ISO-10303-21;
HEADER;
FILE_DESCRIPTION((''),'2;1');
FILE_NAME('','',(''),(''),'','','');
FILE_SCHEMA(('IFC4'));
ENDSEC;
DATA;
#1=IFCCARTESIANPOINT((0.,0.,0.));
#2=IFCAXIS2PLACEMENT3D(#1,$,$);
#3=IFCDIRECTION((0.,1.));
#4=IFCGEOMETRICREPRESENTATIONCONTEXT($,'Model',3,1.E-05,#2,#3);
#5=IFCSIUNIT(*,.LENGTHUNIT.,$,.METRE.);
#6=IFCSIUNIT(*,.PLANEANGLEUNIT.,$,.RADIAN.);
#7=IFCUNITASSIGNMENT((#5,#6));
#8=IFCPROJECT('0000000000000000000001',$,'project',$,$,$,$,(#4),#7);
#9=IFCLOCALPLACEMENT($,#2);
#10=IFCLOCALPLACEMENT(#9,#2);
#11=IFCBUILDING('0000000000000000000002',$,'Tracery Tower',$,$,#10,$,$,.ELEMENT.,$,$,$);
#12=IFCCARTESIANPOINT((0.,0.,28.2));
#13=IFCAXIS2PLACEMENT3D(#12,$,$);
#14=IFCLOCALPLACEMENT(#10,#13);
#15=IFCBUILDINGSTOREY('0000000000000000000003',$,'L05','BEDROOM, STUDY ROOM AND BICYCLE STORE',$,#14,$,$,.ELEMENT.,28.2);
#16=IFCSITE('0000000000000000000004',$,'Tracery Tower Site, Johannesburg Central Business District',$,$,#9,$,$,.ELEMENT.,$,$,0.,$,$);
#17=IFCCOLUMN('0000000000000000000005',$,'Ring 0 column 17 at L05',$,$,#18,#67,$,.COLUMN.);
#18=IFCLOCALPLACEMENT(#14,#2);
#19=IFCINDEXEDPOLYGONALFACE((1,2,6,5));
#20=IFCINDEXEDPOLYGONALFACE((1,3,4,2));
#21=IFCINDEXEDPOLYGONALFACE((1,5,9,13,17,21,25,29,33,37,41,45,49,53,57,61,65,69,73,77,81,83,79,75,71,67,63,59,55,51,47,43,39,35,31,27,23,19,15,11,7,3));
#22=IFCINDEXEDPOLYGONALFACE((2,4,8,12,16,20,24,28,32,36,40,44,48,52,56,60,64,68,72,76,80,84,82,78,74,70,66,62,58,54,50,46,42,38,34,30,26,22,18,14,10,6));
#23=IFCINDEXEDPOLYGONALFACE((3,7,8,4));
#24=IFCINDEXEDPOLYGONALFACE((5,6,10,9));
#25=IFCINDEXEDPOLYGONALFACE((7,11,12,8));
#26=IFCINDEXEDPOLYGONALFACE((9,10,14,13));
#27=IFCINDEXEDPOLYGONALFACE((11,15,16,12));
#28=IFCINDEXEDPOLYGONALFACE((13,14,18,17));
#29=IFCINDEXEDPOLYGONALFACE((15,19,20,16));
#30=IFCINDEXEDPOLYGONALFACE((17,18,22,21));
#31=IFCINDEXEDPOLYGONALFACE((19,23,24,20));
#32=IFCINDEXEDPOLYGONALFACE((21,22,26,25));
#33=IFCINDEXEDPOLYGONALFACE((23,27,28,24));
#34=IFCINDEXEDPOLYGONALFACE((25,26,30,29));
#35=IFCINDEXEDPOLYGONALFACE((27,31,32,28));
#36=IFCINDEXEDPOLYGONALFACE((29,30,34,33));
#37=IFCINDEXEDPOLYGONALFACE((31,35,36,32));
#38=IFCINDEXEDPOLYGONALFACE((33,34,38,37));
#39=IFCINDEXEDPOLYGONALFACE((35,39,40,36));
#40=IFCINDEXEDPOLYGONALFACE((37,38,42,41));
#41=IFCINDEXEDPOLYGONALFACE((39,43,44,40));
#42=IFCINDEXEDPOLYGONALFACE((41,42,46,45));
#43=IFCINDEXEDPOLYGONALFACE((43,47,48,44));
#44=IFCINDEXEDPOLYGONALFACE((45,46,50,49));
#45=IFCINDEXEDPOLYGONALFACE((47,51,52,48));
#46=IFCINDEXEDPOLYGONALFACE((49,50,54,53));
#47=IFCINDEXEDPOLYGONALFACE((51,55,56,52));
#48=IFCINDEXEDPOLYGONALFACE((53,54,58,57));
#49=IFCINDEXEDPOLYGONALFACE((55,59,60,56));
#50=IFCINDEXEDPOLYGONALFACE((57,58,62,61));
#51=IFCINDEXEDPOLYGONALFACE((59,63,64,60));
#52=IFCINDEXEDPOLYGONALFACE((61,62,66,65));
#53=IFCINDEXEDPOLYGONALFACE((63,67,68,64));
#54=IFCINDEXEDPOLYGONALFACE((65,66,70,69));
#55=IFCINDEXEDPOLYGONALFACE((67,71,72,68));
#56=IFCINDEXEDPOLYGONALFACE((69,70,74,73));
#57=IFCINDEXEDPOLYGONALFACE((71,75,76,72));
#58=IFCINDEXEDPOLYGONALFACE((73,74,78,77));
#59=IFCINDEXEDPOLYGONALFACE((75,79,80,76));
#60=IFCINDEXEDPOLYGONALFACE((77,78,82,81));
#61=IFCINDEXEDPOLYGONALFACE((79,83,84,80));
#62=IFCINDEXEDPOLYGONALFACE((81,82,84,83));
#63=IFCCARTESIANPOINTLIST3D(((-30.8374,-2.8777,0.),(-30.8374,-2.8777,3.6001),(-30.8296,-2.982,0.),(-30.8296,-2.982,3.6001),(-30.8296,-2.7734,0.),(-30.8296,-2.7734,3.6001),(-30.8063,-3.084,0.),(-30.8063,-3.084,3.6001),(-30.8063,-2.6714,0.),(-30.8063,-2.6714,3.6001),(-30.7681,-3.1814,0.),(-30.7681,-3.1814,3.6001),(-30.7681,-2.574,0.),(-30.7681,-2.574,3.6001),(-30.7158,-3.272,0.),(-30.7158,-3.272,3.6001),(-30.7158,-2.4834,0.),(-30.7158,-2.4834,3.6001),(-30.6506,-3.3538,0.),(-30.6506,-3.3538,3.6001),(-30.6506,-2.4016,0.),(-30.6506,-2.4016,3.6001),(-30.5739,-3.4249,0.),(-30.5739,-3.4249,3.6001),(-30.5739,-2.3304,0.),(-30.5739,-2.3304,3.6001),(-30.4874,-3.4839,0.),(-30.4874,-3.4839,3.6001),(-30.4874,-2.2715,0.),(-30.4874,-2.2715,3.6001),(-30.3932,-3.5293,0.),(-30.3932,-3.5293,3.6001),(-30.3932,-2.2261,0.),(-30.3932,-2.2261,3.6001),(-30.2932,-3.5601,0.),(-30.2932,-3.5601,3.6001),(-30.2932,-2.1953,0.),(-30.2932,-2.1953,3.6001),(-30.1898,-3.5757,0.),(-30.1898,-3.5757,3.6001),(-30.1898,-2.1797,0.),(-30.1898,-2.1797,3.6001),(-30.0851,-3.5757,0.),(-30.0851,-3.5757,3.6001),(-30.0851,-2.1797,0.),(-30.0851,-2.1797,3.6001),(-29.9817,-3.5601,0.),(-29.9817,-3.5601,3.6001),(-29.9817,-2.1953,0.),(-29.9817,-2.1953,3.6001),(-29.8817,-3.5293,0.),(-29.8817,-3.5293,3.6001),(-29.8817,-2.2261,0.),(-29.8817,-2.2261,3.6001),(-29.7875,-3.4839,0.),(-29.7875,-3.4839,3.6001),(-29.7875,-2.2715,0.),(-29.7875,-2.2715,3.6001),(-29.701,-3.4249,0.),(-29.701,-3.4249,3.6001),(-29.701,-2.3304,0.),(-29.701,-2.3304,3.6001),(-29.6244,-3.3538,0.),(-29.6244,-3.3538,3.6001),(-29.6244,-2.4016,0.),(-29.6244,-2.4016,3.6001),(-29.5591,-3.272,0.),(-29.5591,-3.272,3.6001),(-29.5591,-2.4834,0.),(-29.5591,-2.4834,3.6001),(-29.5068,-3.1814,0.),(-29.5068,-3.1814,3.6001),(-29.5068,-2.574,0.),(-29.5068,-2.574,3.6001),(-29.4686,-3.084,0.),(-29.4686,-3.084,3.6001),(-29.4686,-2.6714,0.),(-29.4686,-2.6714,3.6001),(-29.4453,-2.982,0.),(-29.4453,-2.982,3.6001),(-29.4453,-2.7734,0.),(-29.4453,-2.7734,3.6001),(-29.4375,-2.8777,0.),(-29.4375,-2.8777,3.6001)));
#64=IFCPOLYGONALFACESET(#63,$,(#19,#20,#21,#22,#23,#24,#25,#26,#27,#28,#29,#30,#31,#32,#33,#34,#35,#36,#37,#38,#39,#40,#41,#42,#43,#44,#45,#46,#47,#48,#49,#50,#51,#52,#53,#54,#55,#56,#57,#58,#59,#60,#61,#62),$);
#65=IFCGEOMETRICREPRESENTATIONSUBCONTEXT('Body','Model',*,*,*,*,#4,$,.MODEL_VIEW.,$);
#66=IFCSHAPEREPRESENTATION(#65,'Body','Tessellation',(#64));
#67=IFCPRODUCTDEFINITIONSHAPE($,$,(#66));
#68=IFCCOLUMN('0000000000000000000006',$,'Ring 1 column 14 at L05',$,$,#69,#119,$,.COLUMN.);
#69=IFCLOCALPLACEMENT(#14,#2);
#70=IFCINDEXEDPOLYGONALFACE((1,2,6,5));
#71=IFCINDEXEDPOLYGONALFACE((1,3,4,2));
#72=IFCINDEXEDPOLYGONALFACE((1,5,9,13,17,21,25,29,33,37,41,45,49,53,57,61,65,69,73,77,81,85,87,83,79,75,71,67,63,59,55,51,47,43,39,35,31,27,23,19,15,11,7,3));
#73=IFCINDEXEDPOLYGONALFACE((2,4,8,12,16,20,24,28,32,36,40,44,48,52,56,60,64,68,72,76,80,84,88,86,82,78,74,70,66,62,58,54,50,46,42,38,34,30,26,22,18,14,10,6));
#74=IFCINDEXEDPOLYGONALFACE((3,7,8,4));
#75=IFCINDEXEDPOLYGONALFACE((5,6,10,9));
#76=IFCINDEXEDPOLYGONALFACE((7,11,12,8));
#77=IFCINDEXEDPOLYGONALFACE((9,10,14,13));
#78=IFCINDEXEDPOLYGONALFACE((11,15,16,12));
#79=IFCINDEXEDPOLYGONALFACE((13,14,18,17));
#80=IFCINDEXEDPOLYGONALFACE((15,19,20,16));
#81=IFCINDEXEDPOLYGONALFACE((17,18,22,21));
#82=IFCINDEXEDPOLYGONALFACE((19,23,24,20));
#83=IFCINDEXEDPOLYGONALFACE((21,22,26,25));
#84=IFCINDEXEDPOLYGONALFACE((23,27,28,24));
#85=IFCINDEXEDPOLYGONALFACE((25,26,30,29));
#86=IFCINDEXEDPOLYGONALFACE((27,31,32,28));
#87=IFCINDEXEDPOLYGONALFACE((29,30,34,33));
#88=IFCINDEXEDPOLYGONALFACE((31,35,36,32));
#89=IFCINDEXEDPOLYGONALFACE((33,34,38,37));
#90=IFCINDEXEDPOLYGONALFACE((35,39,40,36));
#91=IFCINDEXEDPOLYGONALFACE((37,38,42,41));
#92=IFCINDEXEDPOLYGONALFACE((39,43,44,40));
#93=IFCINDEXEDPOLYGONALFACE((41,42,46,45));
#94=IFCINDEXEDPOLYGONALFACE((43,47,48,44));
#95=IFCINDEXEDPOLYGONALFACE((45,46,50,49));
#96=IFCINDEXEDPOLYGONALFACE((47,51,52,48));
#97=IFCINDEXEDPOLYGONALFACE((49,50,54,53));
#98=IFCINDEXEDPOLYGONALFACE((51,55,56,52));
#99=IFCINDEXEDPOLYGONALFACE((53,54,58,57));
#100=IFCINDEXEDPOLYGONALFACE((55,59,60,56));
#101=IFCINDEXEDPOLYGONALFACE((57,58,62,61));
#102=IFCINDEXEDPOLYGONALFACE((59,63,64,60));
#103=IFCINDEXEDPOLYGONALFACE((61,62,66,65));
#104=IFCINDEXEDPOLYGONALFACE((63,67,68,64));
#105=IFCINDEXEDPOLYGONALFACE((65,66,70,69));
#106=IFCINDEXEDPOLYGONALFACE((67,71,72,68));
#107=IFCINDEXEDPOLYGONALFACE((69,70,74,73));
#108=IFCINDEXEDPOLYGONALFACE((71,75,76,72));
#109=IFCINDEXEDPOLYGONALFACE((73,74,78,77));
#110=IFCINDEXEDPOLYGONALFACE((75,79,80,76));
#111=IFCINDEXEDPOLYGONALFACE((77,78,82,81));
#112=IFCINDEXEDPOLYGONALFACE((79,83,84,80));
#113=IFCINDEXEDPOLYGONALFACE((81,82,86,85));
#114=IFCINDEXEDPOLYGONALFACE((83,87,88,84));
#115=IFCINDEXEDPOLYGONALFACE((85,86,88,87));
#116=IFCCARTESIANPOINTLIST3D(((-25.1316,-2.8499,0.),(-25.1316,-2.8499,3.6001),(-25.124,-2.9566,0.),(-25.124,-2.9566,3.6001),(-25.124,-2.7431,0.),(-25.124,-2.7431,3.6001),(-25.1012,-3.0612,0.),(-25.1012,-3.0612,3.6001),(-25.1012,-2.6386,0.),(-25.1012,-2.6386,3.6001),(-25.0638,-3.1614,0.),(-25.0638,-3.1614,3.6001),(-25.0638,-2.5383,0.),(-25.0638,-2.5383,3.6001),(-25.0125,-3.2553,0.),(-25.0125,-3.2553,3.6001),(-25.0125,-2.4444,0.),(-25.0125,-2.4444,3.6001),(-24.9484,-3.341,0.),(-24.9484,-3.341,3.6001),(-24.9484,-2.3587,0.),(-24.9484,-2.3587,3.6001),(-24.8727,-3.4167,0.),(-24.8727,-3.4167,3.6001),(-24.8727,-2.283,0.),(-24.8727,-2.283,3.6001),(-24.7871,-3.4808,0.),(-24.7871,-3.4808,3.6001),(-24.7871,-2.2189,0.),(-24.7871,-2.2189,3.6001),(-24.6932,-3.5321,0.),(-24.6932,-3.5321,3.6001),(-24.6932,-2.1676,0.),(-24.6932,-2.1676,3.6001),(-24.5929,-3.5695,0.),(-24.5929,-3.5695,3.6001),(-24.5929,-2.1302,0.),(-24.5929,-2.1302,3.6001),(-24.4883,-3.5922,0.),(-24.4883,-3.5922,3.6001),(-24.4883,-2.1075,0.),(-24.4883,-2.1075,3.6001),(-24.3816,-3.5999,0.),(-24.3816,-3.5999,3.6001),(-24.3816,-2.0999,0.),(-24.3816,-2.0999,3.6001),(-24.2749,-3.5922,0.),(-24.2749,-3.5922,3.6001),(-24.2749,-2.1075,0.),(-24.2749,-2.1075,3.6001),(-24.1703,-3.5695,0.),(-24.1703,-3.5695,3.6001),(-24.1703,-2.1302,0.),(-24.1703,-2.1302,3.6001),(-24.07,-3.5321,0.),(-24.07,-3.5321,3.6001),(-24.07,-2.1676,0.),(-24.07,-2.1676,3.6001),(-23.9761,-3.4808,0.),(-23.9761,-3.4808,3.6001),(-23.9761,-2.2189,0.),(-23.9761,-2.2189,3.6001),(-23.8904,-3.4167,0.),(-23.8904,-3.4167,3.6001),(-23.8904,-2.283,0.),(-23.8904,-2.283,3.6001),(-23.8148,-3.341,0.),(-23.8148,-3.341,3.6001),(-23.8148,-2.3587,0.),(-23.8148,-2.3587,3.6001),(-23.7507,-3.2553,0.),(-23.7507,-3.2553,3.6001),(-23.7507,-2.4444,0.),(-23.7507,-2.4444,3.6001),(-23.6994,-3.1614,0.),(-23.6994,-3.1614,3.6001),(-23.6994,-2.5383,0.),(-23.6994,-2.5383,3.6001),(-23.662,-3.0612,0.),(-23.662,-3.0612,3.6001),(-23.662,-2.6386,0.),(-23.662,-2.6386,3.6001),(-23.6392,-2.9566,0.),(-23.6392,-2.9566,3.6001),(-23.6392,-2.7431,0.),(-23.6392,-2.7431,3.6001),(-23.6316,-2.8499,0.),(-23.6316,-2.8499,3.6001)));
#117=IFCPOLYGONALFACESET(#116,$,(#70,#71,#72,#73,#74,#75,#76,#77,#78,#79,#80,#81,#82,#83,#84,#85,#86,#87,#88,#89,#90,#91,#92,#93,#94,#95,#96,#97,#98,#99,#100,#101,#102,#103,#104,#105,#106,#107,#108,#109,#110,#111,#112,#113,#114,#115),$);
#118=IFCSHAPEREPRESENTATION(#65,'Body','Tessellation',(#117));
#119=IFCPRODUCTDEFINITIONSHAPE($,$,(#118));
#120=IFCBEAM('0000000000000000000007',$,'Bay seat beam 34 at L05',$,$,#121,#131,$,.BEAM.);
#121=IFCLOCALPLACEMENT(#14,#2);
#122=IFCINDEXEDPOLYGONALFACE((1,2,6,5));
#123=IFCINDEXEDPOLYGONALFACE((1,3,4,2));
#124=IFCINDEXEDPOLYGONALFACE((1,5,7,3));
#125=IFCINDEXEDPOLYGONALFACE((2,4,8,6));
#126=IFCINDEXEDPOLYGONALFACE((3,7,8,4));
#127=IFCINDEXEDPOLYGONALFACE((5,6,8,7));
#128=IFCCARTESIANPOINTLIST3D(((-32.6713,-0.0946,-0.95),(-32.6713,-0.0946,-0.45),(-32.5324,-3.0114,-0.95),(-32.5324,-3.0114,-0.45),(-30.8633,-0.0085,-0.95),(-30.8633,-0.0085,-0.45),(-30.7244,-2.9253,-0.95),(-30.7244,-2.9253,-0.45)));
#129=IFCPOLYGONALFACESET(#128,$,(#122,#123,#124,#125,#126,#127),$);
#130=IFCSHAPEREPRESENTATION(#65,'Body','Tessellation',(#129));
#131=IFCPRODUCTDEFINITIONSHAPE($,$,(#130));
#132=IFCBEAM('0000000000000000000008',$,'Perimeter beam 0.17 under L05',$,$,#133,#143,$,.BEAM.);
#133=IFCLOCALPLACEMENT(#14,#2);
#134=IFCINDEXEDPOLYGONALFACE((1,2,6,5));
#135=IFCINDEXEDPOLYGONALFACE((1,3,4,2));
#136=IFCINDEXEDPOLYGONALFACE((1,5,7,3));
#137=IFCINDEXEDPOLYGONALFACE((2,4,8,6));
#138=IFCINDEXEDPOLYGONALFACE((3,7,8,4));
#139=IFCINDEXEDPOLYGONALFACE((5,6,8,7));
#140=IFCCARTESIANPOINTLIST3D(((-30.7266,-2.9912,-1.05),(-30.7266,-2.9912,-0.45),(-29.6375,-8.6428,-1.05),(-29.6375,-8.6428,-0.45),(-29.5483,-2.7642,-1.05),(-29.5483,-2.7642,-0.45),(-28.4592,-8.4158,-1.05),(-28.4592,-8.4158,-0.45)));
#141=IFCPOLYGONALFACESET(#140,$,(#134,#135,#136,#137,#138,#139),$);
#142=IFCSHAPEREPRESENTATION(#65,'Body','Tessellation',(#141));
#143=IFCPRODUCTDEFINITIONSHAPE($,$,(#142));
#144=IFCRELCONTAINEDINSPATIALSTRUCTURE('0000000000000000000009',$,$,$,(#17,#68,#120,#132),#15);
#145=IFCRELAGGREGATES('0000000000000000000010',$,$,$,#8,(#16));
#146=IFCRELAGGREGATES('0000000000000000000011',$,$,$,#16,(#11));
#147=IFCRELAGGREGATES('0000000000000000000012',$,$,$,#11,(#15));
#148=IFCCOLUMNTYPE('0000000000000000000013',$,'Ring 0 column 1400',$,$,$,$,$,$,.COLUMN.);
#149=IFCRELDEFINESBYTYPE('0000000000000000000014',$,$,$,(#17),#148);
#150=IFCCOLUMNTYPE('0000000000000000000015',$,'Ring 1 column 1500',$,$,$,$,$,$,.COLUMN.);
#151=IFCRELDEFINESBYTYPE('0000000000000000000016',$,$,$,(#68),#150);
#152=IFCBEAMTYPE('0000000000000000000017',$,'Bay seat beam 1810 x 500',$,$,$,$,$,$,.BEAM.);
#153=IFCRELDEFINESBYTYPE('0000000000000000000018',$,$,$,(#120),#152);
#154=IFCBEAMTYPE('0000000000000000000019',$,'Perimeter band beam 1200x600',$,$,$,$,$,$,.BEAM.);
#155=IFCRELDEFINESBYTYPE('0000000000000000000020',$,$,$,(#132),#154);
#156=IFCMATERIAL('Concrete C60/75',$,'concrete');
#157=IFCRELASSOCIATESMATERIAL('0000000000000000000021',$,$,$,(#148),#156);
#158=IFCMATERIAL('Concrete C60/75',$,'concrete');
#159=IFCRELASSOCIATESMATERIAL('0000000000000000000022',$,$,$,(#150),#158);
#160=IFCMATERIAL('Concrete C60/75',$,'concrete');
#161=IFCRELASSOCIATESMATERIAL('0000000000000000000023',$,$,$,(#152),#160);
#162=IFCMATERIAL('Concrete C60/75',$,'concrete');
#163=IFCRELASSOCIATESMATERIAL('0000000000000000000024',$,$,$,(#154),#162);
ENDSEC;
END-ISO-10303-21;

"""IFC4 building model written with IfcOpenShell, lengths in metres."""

from ifc_helpers import new_model, si_unit, direction, frame, origin, origin_2d, place, context, subcontext, project, spatial, rectangle, circle, extrude, material, material_profile, profile_set, type_object, element, save


model = new_model("IFC4")

# Units and contexts
model_context = context("Model", 3, precision=1e-05, world=origin(), true_north=direction((0.0, 1.0)))
body_context = subcontext(model_context, "Body", "Model", "MODEL_VIEW")
ifc_project = project(units=[si_unit("LENGTHUNIT", "METRE"), si_unit("PLANEANGLEUNIT", "RADIAN")], contexts=[model_context])

# Site, building, storey
site_placement = place(None, origin())
site = spatial("IfcSite", under=ifc_project, at=site_placement, Name="Tracery Tower Site, Johannesburg Central Business District", CompositionType="ELEMENT", RefElevation=0.0)
building_placement = place(site_placement, origin())
building = spatial("IfcBuilding", under=site, at=building_placement, Name="Tracery Tower", CompositionType="ELEMENT")
storey_placement = place(building_placement, frame((0.0, 0.0, 28.2)))
storey = spatial("IfcBuildingStorey", under=building, at=storey_placement, Name="L05", Description="BEDROOM, STUDY ROOM AND BICYCLE STORE", CompositionType="ELEMENT", Elevation=28.2)

# Columns
ifc_material_1 = material(Name="Concrete C60/75", Category="concrete")
ifc_material_profile_1 = material_profile(ifc_material_1, circle(Radius=0.7, at=origin_2d()), Name="RC D1400")
ifc_profile_set_1 = profile_set([ifc_material_profile_1], Name="Concrete C60/75")
column_type_1 = type_object("IfcColumnType", Name="Ring 0 column 1400", PredefinedType="COLUMN", material=ifc_profile_set_1)
column_1_placement = place(storey_placement, frame((-30.1375, -2.8777, 0.0), z_axis=(0.0, 0.0, 1.0), x_axis=(1.0, 0.0, 0.0)))
element("IfcColumn", 1, at=column_1_placement, inside=storey, type_object=column_type_1, Name="Ring 0 column 17 at L05", PredefinedType="COLUMN", context=body_context, shape_type="SweptSolid", body=[
    extrude(circle(Radius=0.7, at=origin_2d()), origin(), (0.0, 0.0, 1.0), 3.6001),
])
ifc_material_2 = material(Name="Concrete C60/75", Category="concrete")
ifc_material_profile_2 = material_profile(ifc_material_2, circle(Radius=0.75, at=origin_2d()), Name="RC D1500")
ifc_profile_set_2 = profile_set([ifc_material_profile_2], Name="Concrete C60/75")
column_type_2 = type_object("IfcColumnType", Name="Ring 1 column 1500", PredefinedType="COLUMN", material=ifc_profile_set_2)
column_2_placement = place(storey_placement, frame((-24.3816, -2.8499, 0.0), z_axis=(0.0, 0.0, 1.0), x_axis=(1.0, 0.0, 0.0)))
element("IfcColumn", 2, at=column_2_placement, inside=storey, type_object=column_type_2, Name="Ring 1 column 14 at L05", PredefinedType="COLUMN", context=body_context, shape_type="SweptSolid", body=[
    extrude(circle(Radius=0.75, at=origin_2d()), origin(), (0.0, 0.0, 1.0), 3.6001),
])

# Beams
ifc_material_3 = material(Name="Concrete C60/75", Category="concrete")
ifc_material_profile_3 = material_profile(ifc_material_3, rectangle(XDim=1.8101, YDim=0.5, at=origin_2d()), Name="RC 1810x500")
ifc_profile_set_3 = profile_set([ifc_material_profile_3], Name="Concrete C60/75")
beam_type_1 = type_object("IfcBeamType", Name="Bay seat beam 1810 x 500", PredefinedType="BEAM", material=ifc_profile_set_3)
beam_1_placement = place(storey_placement, frame((-31.7673, -0.0515, -0.7), z_axis=(0.047573, -0.998868, 0.0), x_axis=(0.998868, 0.047573, 0.0)))
element("IfcBeam", 3, at=beam_1_placement, inside=storey, type_object=beam_type_1, Name="Bay seat beam 34 at L05", PredefinedType="BEAM", context=body_context, shape_type="SweptSolid", body=[
    extrude(rectangle(XDim=1.8101, YDim=0.5, at=origin_2d()), origin(), (0.0, 0.0, 1.0), 2.9202),
])
ifc_material_4 = material(Name="Concrete C60/75", Category="concrete")
ifc_material_profile_4 = material_profile(ifc_material_4, rectangle(XDim=1.2, YDim=0.6001, at=origin_2d()), Name="RC 1200x600")
ifc_profile_set_4 = profile_set([ifc_material_profile_4], Name="Concrete C60/75")
beam_type_2 = type_object("IfcBeamType", Name="Perimeter band beam 1200x600", PredefinedType="BEAM", material=ifc_profile_set_4)
beam_2_placement = place(storey_placement, frame((-30.1375, -2.8777, -0.75), z_axis=(0.189227, -0.981933, 0.0), x_axis=(0.981933, 0.189227, 0.0)))
element("IfcBeam", 4, at=beam_2_placement, inside=storey, type_object=beam_type_2, Name="Perimeter beam 0.17 under L05", PredefinedType="BEAM", context=body_context, shape_type="SweptSolid", body=[
    extrude(rectangle(XDim=1.2, YDim=0.6001, at=origin_2d()), origin(), (0.0, 0.0, 1.0), 5.7556),
])

save(model, "model.ifc")
